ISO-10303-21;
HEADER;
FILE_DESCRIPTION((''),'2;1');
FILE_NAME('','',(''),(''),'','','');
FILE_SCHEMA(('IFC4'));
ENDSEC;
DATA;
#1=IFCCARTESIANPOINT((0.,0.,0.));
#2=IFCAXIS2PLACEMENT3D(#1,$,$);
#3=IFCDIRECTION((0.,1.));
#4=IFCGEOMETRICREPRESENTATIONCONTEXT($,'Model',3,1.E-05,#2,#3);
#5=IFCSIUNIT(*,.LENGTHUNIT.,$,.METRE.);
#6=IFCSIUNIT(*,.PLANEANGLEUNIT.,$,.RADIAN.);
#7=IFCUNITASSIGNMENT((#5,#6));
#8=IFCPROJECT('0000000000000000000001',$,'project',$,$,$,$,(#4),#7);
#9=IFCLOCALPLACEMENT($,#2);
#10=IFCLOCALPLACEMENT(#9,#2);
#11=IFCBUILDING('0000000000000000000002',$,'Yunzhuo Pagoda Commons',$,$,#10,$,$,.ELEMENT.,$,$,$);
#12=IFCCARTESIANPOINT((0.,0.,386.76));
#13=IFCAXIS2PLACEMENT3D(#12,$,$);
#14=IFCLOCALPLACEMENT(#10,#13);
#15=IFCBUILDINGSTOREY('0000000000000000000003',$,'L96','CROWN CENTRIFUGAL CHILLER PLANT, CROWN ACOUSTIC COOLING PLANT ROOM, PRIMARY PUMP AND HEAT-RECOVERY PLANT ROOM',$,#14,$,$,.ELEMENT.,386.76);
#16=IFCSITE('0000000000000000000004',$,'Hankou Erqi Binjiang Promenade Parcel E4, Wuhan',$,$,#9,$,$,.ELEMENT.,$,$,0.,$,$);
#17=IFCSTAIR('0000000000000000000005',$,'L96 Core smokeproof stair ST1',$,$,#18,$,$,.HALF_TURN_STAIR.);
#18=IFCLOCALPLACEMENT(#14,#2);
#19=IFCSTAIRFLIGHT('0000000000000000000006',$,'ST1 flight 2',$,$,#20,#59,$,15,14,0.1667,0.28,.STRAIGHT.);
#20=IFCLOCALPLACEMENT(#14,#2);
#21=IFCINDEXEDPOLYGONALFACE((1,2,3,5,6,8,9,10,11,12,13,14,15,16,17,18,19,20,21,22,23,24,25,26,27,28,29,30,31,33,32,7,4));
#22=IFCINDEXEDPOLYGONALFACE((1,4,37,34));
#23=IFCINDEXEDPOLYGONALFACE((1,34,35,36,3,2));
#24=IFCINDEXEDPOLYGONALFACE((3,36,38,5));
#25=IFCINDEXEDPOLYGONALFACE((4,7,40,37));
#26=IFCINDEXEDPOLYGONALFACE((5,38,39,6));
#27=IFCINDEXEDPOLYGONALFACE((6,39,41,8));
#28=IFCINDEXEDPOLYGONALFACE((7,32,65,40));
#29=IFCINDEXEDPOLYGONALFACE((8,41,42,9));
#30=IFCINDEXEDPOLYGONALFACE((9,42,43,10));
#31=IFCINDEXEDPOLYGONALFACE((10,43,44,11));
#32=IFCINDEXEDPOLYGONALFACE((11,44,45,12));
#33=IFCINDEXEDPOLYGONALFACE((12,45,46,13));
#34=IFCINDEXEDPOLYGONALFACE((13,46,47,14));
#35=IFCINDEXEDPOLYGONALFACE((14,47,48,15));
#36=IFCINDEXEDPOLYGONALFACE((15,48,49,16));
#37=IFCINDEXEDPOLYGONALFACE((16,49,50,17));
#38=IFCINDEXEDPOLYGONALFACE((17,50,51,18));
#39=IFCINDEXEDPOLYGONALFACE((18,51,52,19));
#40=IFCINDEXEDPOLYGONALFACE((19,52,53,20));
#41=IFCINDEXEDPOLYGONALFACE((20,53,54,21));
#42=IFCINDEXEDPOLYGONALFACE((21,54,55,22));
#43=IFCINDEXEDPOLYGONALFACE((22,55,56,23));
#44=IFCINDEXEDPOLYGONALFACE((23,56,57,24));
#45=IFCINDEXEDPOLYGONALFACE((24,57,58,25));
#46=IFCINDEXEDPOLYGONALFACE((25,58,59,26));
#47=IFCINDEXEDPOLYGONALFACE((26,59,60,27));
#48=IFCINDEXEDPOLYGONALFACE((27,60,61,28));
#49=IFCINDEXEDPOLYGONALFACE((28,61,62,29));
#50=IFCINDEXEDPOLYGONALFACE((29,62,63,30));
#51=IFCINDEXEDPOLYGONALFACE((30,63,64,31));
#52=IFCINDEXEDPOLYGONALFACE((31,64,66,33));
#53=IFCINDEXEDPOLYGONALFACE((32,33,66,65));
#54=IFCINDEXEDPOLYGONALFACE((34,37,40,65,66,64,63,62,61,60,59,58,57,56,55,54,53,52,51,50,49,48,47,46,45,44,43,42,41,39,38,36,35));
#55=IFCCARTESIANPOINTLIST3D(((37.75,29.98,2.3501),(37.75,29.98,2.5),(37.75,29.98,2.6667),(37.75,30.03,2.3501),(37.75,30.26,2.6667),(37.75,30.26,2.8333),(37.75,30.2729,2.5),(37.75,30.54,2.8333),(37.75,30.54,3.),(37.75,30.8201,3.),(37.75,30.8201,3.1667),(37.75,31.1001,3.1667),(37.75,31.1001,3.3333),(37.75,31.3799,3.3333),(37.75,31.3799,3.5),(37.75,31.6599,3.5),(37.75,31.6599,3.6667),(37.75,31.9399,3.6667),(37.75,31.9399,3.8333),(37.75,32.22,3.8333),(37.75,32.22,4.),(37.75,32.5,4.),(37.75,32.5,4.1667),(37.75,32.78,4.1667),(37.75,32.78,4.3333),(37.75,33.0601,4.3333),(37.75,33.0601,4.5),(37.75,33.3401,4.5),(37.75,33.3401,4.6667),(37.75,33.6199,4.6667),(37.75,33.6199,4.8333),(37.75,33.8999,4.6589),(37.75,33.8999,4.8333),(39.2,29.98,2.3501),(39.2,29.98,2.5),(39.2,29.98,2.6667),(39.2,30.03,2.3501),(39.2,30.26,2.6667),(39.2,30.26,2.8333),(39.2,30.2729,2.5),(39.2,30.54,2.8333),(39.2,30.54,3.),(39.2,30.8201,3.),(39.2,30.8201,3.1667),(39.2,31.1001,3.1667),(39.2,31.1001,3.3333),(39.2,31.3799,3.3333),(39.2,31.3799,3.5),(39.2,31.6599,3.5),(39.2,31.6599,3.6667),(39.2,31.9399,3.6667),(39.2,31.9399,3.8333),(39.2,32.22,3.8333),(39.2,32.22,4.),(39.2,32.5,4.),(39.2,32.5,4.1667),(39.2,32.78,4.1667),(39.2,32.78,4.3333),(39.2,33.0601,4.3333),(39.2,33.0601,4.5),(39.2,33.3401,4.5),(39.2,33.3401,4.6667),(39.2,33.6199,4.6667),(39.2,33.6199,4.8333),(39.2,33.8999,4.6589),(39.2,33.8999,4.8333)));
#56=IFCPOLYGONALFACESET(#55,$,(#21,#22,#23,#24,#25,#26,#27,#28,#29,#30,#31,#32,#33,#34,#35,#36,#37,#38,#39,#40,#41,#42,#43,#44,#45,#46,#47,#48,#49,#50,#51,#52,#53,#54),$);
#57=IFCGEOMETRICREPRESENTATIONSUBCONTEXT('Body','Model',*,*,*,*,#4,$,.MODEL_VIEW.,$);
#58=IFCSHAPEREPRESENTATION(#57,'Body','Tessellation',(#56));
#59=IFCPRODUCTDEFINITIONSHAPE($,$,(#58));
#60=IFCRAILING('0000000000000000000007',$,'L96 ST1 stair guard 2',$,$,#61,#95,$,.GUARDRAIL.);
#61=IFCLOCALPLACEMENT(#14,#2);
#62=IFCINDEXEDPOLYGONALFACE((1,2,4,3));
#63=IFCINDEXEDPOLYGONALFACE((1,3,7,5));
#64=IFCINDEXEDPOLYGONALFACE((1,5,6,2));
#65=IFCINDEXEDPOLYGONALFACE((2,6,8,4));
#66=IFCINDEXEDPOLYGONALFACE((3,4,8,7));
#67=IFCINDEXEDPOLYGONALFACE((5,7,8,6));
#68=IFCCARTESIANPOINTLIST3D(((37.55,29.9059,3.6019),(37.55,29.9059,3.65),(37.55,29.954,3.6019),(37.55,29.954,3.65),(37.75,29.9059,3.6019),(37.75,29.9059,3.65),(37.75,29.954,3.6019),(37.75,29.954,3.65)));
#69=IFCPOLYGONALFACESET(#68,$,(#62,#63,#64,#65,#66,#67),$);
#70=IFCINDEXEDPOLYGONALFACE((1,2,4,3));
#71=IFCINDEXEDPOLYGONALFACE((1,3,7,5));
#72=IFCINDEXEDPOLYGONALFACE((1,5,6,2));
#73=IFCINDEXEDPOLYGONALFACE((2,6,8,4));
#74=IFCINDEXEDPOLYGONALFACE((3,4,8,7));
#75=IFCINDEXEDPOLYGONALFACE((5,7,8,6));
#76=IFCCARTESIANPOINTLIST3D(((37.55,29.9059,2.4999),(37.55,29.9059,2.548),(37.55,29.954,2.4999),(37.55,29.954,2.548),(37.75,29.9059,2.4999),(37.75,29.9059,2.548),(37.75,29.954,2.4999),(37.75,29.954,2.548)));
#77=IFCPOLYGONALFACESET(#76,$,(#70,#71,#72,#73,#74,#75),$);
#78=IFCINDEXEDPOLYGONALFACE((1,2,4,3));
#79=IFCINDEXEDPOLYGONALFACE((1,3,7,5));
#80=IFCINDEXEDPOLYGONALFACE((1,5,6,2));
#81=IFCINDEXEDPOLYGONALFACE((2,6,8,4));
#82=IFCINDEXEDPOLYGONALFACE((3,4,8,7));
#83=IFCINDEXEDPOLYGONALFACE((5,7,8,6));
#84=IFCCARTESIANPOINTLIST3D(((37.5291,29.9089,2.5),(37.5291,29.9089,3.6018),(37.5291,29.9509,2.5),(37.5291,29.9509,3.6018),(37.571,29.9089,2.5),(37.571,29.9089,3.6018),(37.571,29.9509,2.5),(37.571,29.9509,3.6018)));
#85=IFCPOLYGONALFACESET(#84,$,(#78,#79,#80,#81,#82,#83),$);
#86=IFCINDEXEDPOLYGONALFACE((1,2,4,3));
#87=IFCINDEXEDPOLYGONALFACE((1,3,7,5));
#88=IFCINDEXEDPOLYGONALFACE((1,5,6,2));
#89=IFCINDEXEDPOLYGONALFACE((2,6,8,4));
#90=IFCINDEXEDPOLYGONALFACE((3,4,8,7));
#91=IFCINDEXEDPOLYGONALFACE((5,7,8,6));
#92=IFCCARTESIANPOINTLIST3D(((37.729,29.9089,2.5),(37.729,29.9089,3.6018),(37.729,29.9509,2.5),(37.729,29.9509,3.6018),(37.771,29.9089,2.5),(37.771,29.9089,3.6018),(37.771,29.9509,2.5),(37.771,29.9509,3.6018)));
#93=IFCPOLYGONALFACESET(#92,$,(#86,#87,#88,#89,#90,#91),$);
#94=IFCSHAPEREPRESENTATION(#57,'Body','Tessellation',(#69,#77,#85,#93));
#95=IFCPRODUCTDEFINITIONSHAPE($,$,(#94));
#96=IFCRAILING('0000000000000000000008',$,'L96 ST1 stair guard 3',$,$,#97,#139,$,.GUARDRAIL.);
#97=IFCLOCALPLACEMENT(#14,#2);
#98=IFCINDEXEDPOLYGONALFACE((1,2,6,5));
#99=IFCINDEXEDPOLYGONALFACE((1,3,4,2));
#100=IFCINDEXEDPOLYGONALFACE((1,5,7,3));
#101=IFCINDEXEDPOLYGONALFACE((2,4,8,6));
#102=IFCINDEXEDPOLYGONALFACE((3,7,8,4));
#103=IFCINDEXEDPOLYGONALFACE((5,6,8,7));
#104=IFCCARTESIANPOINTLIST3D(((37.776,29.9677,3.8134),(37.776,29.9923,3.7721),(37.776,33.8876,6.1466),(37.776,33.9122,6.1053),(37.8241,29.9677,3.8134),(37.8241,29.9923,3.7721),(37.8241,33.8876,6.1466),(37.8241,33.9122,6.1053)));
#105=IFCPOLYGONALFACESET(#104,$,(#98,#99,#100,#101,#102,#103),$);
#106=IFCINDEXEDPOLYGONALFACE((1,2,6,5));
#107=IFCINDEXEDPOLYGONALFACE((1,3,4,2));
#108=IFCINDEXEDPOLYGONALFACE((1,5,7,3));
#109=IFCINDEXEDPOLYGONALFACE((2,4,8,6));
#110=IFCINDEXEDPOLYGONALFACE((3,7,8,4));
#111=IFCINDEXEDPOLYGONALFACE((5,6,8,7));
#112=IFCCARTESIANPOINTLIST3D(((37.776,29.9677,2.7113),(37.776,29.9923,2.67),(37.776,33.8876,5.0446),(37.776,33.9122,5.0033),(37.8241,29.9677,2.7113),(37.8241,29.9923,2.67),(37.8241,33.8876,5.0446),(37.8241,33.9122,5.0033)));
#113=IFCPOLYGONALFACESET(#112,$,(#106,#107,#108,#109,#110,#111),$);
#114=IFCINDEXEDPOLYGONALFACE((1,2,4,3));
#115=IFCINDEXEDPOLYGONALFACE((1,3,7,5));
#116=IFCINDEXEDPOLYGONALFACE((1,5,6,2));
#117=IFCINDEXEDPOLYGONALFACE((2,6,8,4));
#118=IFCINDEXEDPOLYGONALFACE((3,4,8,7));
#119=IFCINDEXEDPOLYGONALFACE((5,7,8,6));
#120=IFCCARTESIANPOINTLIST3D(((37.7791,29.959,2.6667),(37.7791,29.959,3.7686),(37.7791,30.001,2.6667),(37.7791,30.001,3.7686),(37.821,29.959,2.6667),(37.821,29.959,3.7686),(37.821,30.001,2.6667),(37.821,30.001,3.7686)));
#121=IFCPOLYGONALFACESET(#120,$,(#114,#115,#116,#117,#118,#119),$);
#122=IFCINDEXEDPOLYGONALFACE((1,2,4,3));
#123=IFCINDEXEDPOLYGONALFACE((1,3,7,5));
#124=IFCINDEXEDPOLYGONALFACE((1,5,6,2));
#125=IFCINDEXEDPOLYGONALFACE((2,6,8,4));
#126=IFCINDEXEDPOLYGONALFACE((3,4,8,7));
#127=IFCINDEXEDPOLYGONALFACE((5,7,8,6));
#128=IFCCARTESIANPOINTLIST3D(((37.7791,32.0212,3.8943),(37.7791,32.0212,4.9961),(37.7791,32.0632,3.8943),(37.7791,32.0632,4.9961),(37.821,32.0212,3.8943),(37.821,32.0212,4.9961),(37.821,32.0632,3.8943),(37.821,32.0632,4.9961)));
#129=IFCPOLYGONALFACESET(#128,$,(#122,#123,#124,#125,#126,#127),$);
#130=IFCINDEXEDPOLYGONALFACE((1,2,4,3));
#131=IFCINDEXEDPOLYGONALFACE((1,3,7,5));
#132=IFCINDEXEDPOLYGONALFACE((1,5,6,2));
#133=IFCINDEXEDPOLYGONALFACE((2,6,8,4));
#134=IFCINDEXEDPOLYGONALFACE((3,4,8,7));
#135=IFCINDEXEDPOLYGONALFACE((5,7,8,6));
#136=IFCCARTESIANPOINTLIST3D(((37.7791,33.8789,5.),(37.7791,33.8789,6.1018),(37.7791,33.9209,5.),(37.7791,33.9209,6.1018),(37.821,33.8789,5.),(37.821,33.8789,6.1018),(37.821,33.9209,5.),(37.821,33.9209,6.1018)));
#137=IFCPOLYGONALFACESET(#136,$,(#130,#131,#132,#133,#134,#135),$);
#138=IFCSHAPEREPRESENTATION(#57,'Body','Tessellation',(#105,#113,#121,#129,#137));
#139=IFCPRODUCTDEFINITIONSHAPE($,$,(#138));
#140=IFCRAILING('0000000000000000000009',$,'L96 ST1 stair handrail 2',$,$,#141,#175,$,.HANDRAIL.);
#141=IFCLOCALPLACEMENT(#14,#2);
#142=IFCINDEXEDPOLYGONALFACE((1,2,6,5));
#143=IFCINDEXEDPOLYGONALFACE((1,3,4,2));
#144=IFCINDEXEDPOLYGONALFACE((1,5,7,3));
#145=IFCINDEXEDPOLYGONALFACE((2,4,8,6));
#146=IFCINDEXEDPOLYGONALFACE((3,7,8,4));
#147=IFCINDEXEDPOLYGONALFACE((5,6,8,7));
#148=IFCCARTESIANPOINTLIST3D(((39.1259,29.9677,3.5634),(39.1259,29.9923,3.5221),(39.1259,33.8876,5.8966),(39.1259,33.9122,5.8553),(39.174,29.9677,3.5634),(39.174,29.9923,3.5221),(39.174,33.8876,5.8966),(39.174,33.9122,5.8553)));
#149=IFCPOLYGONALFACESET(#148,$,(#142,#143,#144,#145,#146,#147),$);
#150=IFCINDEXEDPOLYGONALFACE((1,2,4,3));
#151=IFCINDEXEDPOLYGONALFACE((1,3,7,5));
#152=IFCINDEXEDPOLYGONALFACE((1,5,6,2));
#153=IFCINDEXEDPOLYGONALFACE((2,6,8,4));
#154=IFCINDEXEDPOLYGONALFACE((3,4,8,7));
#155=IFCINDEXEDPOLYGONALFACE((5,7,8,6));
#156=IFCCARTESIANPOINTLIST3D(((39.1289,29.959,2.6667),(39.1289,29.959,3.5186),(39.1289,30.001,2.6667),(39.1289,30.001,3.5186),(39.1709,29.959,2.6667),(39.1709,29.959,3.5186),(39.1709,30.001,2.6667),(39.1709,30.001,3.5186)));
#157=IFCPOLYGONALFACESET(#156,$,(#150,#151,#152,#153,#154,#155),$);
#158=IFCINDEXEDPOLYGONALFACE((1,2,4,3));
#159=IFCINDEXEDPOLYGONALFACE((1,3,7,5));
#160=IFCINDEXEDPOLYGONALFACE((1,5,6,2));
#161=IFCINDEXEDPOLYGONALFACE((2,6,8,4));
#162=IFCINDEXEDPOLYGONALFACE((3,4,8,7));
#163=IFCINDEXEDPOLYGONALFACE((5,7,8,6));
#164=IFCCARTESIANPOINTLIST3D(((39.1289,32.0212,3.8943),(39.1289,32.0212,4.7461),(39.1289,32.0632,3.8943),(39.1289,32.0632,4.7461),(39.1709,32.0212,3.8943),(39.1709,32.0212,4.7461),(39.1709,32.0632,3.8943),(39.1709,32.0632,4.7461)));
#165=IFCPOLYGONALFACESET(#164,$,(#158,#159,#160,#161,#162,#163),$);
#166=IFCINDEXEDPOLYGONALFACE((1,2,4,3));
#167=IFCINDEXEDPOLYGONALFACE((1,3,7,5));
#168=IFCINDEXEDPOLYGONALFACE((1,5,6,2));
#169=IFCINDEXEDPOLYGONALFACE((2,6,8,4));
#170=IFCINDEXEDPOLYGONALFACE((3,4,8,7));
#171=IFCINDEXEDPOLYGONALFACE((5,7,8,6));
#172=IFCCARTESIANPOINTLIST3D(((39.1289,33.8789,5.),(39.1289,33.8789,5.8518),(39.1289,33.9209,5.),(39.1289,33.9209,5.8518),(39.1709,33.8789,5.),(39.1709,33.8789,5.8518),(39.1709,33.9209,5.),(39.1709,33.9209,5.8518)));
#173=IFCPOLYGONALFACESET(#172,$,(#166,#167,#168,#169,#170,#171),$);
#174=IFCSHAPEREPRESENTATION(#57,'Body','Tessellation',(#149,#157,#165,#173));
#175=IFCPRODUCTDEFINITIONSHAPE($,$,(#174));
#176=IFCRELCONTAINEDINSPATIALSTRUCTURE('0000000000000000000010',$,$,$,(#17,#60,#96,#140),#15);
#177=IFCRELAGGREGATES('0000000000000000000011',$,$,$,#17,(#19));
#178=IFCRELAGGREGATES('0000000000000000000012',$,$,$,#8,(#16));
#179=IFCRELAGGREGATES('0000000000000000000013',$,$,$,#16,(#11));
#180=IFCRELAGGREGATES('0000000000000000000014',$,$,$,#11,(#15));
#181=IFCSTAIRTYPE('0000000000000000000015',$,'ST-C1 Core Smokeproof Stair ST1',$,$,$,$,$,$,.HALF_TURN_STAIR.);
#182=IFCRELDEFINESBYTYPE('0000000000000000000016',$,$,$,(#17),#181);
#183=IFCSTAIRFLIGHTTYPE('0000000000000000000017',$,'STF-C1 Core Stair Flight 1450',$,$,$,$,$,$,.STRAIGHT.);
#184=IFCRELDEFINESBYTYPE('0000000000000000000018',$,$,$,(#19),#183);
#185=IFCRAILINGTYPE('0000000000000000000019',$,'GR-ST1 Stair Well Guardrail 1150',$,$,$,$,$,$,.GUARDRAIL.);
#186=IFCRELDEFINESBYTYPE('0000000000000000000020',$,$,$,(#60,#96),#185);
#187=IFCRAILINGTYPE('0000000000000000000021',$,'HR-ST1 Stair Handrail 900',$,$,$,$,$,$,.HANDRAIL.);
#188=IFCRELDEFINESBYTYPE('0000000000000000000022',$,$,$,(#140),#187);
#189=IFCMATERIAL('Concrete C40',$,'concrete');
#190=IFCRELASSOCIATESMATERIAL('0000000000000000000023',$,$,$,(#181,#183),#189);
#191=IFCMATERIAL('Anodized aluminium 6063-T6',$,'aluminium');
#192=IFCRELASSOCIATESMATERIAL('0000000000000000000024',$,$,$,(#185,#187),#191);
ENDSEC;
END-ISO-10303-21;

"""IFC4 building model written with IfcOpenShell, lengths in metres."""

from ifc_helpers import new_model, si_unit, direction, frame, origin, origin_2d, place, context, subcontext, project, spatial, polyline, rectangle, outline, extrude, source, transform, mapped, material, type_object, element, aggregate, save


model = new_model("IFC4")

# Units and contexts
model_context = context("Model", 3, precision=1e-05, world=origin(), true_north=direction((0.0, 1.0)))
body_context = subcontext(model_context, "Body", "Model", "MODEL_VIEW")
ifc_project = project(units=[si_unit("LENGTHUNIT", "METRE"), si_unit("PLANEANGLEUNIT", "RADIAN")], contexts=[model_context])

# Site, building, storey
site_placement = place(None, origin())
site = spatial("IfcSite", under=ifc_project, at=site_placement, Name="Hankou Erqi Binjiang Promenade Parcel E4, Wuhan", CompositionType="ELEMENT", RefElevation=0.0)
building_placement = place(site_placement, origin())
building = spatial("IfcBuilding", under=site, at=building_placement, Name="Yunzhuo Pagoda Commons", CompositionType="ELEMENT")
storey_placement = place(building_placement, frame((0.0, 0.0, 386.76)))
storey = spatial("IfcBuildingStorey", under=building, at=storey_placement, Name="L96", Description="CROWN CENTRIFUGAL CHILLER PLANT, CROWN ACOUSTIC COOLING PLANT ROOM, PRIMARY PUMP AND HEAT-RECOVERY PLANT ROOM", CompositionType="ELEMENT", Elevation=386.76)

# Shared definitions
ifc_material_1 = material(Name="Anodized aluminium 6063-T6", Category="aluminium")

# Stair, stair flight
ifc_material_2 = material(Name="Concrete C40", Category="concrete")
stair_type = type_object("IfcStairType", Name="ST-C1 Core Smokeproof Stair ST1", PredefinedType="HALF_TURN_STAIR", material=ifc_material_2)
stair_placement = place(storey_placement, origin())
stair = element("IfcStair", 1, at=stair_placement, inside=storey, type_object=stair_type, Name="L96 Core smokeproof stair ST1", PredefinedType="HALF_TURN_STAIR")
stair_flight_type = type_object("IfcStairFlightType", Name="STF-C1 Core Stair Flight 1450", PredefinedType="STRAIGHT", material=ifc_material_2)
shared_shape_1 = source(origin(), body_context, "Body", "SweptSolid", [
    extrude(outline(polyline([(0.0, -0.1499), (0.0, 0.0), (0.0, 0.1667), (0.28, 0.1667), (0.28, 0.3333), (0.5601, 0.3333), (0.5601, 0.5), (0.8401, 0.5), (0.8401, 0.6667), (1.1201, 0.6667), (1.1201, 0.8333), (1.3999, 0.8333), (1.3999, 1.0), (1.6799, 1.0), (1.6799, 1.1667), (1.96, 1.1667), (1.96, 1.3333), (2.24, 1.3333), (2.24, 1.5), (2.52, 1.5), (2.52, 1.6667), (2.8, 1.6667), (2.8, 1.8333), (3.0801, 1.8333), (3.0801, 2.0), (3.3601, 2.0), (3.3601, 2.1667), (3.6399, 2.1667), (3.6399, 2.3333), (3.9199, 2.3333), (3.9199, 2.5), (3.9199, 2.1589), (0.293, 0.0), (0.05, -0.1499), (0.0, -0.1499)])), frame((0.0, 0.7251, 0.0), z_axis=(0.0, -1.0, 0.0), x_axis=(1.0, 0.0, 0.0)), (0.0, 0.0, 1.0), 1.45),
])
stair_flight_placement = place(storey_placement, frame((38.4751, 29.98, 2.5), z_axis=(0.0, 0.0, 1.0), x_axis=(0.0, 1.0, 0.0)))
stair_flight = element("IfcStairFlight", 2, at=stair_flight_placement, type_object=stair_flight_type, Name="ST1 flight 2", NumberOfRisers=15, NumberOfTreads=14, PredefinedType="STRAIGHT", RiserHeight=0.1667, TreadLength=0.28, context=body_context, shape_type="MappedRepresentation", body=[
    mapped(shared_shape_1, transform((0.0, 0.0, 0.0), scale=1.0)),
])
aggregate(stair, [stair_flight])

# Railings
railing_type_1 = type_object("IfcRailingType", Name="GR-ST1 Stair Well Guardrail 1150", PredefinedType="GUARDRAIL", material=ifc_material_1)
railing_1_placement = place(storey_placement, frame((37.55, 29.9299, 2.5)))
element("IfcRailing", 3, at=railing_1_placement, inside=storey, type_object=railing_type_1, Name="L96 ST1 stair guard 2", PredefinedType="GUARDRAIL", context=body_context, shape_type="SweptSolid", body=[
    extrude(rectangle(XDim=0.0481, YDim=0.0481, at=origin_2d()), frame((0.0, 0.0, 1.126), z_axis=(1.0, 0.0, 0.0), x_axis=(0.0, 1.0, 0.0)), (0.0, 0.0, 1.0), 0.2),
    extrude(rectangle(XDim=0.0481, YDim=0.0481, at=origin_2d()), frame((0.0, 0.0, 0.0239), z_axis=(1.0, 0.0, 0.0), x_axis=(0.0, 1.0, 0.0)), (0.0, 0.0, 1.0), 0.2),
    extrude(rectangle(XDim=0.042, YDim=0.042, at=origin_2d()), origin(), (0.0, 0.0, 1.0), 1.1018),
    extrude(rectangle(XDim=0.042, YDim=0.042, at=origin_2d()), frame((0.2, 0.0, 0.0)), (0.0, 0.0, 1.0), 1.1018),
])
railing_2_placement = place(storey_placement, frame((37.8, 29.98, 2.6667)))
element("IfcRailing", 4, at=railing_2_placement, inside=storey, type_object=railing_type_1, Name="L96 ST1 stair guard 3", PredefinedType="GUARDRAIL", context=body_context, shape_type="SweptSolid", body=[
    extrude(rectangle(XDim=0.0481, YDim=0.0481, at=origin_2d()), frame((0.0, 0.0, 1.126), z_axis=(0.0, 0.859296, 0.511478), x_axis=(-1.0, 0.0, 0.0)), (0.0, 0.0, 1.0), 4.5618),
    extrude(rectangle(XDim=0.0481, YDim=0.0481, at=origin_2d()), frame((0.0, 0.0, 0.0239), z_axis=(0.0, 0.859296, 0.511478), x_axis=(-1.0, 0.0, 0.0)), (0.0, 0.0, 1.0), 4.5618),
    extrude(rectangle(XDim=0.042, YDim=0.042, at=origin_2d()), origin(), (0.0, 0.0, 1.0), 1.1018),
    extrude(rectangle(XDim=0.042, YDim=0.042, at=origin_2d()), frame((0.0, 2.0623, 1.2275)), (0.0, 0.0, 1.0), 1.1018),
    extrude(rectangle(XDim=0.042, YDim=0.042, at=origin_2d()), frame((0.0, 3.9199, 2.3333)), (0.0, 0.0, 1.0), 1.1018),
])
railing_type_2 = type_object("IfcRailingType", Name="HR-ST1 Stair Handrail 900", PredefinedType="HANDRAIL", material=ifc_material_1)
railing_3_placement = place(storey_placement, frame((39.1499, 29.98, 2.6667)))
element("IfcRailing", 5, at=railing_3_placement, inside=storey, type_object=railing_type_2, Name="L96 ST1 stair handrail 2", PredefinedType="HANDRAIL", context=body_context, shape_type="SweptSolid", body=[
    extrude(rectangle(XDim=0.0481, YDim=0.0481, at=origin_2d()), frame((0.0, 0.0, 0.876), z_axis=(0.0, 0.859296, 0.511478), x_axis=(-1.0, 0.0, 0.0)), (0.0, 0.0, 1.0), 4.5618),
    extrude(rectangle(XDim=0.042, YDim=0.042, at=origin_2d()), origin(), (0.0, 0.0, 1.0), 0.8518),
    extrude(rectangle(XDim=0.042, YDim=0.042, at=origin_2d()), frame((0.0, 2.0623, 1.2275)), (0.0, 0.0, 1.0), 0.8518),
    extrude(rectangle(XDim=0.042, YDim=0.042, at=origin_2d()), frame((0.0, 3.9199, 2.3333)), (0.0, 0.0, 1.0), 0.8518),
])

save(model, "model.ifc")
